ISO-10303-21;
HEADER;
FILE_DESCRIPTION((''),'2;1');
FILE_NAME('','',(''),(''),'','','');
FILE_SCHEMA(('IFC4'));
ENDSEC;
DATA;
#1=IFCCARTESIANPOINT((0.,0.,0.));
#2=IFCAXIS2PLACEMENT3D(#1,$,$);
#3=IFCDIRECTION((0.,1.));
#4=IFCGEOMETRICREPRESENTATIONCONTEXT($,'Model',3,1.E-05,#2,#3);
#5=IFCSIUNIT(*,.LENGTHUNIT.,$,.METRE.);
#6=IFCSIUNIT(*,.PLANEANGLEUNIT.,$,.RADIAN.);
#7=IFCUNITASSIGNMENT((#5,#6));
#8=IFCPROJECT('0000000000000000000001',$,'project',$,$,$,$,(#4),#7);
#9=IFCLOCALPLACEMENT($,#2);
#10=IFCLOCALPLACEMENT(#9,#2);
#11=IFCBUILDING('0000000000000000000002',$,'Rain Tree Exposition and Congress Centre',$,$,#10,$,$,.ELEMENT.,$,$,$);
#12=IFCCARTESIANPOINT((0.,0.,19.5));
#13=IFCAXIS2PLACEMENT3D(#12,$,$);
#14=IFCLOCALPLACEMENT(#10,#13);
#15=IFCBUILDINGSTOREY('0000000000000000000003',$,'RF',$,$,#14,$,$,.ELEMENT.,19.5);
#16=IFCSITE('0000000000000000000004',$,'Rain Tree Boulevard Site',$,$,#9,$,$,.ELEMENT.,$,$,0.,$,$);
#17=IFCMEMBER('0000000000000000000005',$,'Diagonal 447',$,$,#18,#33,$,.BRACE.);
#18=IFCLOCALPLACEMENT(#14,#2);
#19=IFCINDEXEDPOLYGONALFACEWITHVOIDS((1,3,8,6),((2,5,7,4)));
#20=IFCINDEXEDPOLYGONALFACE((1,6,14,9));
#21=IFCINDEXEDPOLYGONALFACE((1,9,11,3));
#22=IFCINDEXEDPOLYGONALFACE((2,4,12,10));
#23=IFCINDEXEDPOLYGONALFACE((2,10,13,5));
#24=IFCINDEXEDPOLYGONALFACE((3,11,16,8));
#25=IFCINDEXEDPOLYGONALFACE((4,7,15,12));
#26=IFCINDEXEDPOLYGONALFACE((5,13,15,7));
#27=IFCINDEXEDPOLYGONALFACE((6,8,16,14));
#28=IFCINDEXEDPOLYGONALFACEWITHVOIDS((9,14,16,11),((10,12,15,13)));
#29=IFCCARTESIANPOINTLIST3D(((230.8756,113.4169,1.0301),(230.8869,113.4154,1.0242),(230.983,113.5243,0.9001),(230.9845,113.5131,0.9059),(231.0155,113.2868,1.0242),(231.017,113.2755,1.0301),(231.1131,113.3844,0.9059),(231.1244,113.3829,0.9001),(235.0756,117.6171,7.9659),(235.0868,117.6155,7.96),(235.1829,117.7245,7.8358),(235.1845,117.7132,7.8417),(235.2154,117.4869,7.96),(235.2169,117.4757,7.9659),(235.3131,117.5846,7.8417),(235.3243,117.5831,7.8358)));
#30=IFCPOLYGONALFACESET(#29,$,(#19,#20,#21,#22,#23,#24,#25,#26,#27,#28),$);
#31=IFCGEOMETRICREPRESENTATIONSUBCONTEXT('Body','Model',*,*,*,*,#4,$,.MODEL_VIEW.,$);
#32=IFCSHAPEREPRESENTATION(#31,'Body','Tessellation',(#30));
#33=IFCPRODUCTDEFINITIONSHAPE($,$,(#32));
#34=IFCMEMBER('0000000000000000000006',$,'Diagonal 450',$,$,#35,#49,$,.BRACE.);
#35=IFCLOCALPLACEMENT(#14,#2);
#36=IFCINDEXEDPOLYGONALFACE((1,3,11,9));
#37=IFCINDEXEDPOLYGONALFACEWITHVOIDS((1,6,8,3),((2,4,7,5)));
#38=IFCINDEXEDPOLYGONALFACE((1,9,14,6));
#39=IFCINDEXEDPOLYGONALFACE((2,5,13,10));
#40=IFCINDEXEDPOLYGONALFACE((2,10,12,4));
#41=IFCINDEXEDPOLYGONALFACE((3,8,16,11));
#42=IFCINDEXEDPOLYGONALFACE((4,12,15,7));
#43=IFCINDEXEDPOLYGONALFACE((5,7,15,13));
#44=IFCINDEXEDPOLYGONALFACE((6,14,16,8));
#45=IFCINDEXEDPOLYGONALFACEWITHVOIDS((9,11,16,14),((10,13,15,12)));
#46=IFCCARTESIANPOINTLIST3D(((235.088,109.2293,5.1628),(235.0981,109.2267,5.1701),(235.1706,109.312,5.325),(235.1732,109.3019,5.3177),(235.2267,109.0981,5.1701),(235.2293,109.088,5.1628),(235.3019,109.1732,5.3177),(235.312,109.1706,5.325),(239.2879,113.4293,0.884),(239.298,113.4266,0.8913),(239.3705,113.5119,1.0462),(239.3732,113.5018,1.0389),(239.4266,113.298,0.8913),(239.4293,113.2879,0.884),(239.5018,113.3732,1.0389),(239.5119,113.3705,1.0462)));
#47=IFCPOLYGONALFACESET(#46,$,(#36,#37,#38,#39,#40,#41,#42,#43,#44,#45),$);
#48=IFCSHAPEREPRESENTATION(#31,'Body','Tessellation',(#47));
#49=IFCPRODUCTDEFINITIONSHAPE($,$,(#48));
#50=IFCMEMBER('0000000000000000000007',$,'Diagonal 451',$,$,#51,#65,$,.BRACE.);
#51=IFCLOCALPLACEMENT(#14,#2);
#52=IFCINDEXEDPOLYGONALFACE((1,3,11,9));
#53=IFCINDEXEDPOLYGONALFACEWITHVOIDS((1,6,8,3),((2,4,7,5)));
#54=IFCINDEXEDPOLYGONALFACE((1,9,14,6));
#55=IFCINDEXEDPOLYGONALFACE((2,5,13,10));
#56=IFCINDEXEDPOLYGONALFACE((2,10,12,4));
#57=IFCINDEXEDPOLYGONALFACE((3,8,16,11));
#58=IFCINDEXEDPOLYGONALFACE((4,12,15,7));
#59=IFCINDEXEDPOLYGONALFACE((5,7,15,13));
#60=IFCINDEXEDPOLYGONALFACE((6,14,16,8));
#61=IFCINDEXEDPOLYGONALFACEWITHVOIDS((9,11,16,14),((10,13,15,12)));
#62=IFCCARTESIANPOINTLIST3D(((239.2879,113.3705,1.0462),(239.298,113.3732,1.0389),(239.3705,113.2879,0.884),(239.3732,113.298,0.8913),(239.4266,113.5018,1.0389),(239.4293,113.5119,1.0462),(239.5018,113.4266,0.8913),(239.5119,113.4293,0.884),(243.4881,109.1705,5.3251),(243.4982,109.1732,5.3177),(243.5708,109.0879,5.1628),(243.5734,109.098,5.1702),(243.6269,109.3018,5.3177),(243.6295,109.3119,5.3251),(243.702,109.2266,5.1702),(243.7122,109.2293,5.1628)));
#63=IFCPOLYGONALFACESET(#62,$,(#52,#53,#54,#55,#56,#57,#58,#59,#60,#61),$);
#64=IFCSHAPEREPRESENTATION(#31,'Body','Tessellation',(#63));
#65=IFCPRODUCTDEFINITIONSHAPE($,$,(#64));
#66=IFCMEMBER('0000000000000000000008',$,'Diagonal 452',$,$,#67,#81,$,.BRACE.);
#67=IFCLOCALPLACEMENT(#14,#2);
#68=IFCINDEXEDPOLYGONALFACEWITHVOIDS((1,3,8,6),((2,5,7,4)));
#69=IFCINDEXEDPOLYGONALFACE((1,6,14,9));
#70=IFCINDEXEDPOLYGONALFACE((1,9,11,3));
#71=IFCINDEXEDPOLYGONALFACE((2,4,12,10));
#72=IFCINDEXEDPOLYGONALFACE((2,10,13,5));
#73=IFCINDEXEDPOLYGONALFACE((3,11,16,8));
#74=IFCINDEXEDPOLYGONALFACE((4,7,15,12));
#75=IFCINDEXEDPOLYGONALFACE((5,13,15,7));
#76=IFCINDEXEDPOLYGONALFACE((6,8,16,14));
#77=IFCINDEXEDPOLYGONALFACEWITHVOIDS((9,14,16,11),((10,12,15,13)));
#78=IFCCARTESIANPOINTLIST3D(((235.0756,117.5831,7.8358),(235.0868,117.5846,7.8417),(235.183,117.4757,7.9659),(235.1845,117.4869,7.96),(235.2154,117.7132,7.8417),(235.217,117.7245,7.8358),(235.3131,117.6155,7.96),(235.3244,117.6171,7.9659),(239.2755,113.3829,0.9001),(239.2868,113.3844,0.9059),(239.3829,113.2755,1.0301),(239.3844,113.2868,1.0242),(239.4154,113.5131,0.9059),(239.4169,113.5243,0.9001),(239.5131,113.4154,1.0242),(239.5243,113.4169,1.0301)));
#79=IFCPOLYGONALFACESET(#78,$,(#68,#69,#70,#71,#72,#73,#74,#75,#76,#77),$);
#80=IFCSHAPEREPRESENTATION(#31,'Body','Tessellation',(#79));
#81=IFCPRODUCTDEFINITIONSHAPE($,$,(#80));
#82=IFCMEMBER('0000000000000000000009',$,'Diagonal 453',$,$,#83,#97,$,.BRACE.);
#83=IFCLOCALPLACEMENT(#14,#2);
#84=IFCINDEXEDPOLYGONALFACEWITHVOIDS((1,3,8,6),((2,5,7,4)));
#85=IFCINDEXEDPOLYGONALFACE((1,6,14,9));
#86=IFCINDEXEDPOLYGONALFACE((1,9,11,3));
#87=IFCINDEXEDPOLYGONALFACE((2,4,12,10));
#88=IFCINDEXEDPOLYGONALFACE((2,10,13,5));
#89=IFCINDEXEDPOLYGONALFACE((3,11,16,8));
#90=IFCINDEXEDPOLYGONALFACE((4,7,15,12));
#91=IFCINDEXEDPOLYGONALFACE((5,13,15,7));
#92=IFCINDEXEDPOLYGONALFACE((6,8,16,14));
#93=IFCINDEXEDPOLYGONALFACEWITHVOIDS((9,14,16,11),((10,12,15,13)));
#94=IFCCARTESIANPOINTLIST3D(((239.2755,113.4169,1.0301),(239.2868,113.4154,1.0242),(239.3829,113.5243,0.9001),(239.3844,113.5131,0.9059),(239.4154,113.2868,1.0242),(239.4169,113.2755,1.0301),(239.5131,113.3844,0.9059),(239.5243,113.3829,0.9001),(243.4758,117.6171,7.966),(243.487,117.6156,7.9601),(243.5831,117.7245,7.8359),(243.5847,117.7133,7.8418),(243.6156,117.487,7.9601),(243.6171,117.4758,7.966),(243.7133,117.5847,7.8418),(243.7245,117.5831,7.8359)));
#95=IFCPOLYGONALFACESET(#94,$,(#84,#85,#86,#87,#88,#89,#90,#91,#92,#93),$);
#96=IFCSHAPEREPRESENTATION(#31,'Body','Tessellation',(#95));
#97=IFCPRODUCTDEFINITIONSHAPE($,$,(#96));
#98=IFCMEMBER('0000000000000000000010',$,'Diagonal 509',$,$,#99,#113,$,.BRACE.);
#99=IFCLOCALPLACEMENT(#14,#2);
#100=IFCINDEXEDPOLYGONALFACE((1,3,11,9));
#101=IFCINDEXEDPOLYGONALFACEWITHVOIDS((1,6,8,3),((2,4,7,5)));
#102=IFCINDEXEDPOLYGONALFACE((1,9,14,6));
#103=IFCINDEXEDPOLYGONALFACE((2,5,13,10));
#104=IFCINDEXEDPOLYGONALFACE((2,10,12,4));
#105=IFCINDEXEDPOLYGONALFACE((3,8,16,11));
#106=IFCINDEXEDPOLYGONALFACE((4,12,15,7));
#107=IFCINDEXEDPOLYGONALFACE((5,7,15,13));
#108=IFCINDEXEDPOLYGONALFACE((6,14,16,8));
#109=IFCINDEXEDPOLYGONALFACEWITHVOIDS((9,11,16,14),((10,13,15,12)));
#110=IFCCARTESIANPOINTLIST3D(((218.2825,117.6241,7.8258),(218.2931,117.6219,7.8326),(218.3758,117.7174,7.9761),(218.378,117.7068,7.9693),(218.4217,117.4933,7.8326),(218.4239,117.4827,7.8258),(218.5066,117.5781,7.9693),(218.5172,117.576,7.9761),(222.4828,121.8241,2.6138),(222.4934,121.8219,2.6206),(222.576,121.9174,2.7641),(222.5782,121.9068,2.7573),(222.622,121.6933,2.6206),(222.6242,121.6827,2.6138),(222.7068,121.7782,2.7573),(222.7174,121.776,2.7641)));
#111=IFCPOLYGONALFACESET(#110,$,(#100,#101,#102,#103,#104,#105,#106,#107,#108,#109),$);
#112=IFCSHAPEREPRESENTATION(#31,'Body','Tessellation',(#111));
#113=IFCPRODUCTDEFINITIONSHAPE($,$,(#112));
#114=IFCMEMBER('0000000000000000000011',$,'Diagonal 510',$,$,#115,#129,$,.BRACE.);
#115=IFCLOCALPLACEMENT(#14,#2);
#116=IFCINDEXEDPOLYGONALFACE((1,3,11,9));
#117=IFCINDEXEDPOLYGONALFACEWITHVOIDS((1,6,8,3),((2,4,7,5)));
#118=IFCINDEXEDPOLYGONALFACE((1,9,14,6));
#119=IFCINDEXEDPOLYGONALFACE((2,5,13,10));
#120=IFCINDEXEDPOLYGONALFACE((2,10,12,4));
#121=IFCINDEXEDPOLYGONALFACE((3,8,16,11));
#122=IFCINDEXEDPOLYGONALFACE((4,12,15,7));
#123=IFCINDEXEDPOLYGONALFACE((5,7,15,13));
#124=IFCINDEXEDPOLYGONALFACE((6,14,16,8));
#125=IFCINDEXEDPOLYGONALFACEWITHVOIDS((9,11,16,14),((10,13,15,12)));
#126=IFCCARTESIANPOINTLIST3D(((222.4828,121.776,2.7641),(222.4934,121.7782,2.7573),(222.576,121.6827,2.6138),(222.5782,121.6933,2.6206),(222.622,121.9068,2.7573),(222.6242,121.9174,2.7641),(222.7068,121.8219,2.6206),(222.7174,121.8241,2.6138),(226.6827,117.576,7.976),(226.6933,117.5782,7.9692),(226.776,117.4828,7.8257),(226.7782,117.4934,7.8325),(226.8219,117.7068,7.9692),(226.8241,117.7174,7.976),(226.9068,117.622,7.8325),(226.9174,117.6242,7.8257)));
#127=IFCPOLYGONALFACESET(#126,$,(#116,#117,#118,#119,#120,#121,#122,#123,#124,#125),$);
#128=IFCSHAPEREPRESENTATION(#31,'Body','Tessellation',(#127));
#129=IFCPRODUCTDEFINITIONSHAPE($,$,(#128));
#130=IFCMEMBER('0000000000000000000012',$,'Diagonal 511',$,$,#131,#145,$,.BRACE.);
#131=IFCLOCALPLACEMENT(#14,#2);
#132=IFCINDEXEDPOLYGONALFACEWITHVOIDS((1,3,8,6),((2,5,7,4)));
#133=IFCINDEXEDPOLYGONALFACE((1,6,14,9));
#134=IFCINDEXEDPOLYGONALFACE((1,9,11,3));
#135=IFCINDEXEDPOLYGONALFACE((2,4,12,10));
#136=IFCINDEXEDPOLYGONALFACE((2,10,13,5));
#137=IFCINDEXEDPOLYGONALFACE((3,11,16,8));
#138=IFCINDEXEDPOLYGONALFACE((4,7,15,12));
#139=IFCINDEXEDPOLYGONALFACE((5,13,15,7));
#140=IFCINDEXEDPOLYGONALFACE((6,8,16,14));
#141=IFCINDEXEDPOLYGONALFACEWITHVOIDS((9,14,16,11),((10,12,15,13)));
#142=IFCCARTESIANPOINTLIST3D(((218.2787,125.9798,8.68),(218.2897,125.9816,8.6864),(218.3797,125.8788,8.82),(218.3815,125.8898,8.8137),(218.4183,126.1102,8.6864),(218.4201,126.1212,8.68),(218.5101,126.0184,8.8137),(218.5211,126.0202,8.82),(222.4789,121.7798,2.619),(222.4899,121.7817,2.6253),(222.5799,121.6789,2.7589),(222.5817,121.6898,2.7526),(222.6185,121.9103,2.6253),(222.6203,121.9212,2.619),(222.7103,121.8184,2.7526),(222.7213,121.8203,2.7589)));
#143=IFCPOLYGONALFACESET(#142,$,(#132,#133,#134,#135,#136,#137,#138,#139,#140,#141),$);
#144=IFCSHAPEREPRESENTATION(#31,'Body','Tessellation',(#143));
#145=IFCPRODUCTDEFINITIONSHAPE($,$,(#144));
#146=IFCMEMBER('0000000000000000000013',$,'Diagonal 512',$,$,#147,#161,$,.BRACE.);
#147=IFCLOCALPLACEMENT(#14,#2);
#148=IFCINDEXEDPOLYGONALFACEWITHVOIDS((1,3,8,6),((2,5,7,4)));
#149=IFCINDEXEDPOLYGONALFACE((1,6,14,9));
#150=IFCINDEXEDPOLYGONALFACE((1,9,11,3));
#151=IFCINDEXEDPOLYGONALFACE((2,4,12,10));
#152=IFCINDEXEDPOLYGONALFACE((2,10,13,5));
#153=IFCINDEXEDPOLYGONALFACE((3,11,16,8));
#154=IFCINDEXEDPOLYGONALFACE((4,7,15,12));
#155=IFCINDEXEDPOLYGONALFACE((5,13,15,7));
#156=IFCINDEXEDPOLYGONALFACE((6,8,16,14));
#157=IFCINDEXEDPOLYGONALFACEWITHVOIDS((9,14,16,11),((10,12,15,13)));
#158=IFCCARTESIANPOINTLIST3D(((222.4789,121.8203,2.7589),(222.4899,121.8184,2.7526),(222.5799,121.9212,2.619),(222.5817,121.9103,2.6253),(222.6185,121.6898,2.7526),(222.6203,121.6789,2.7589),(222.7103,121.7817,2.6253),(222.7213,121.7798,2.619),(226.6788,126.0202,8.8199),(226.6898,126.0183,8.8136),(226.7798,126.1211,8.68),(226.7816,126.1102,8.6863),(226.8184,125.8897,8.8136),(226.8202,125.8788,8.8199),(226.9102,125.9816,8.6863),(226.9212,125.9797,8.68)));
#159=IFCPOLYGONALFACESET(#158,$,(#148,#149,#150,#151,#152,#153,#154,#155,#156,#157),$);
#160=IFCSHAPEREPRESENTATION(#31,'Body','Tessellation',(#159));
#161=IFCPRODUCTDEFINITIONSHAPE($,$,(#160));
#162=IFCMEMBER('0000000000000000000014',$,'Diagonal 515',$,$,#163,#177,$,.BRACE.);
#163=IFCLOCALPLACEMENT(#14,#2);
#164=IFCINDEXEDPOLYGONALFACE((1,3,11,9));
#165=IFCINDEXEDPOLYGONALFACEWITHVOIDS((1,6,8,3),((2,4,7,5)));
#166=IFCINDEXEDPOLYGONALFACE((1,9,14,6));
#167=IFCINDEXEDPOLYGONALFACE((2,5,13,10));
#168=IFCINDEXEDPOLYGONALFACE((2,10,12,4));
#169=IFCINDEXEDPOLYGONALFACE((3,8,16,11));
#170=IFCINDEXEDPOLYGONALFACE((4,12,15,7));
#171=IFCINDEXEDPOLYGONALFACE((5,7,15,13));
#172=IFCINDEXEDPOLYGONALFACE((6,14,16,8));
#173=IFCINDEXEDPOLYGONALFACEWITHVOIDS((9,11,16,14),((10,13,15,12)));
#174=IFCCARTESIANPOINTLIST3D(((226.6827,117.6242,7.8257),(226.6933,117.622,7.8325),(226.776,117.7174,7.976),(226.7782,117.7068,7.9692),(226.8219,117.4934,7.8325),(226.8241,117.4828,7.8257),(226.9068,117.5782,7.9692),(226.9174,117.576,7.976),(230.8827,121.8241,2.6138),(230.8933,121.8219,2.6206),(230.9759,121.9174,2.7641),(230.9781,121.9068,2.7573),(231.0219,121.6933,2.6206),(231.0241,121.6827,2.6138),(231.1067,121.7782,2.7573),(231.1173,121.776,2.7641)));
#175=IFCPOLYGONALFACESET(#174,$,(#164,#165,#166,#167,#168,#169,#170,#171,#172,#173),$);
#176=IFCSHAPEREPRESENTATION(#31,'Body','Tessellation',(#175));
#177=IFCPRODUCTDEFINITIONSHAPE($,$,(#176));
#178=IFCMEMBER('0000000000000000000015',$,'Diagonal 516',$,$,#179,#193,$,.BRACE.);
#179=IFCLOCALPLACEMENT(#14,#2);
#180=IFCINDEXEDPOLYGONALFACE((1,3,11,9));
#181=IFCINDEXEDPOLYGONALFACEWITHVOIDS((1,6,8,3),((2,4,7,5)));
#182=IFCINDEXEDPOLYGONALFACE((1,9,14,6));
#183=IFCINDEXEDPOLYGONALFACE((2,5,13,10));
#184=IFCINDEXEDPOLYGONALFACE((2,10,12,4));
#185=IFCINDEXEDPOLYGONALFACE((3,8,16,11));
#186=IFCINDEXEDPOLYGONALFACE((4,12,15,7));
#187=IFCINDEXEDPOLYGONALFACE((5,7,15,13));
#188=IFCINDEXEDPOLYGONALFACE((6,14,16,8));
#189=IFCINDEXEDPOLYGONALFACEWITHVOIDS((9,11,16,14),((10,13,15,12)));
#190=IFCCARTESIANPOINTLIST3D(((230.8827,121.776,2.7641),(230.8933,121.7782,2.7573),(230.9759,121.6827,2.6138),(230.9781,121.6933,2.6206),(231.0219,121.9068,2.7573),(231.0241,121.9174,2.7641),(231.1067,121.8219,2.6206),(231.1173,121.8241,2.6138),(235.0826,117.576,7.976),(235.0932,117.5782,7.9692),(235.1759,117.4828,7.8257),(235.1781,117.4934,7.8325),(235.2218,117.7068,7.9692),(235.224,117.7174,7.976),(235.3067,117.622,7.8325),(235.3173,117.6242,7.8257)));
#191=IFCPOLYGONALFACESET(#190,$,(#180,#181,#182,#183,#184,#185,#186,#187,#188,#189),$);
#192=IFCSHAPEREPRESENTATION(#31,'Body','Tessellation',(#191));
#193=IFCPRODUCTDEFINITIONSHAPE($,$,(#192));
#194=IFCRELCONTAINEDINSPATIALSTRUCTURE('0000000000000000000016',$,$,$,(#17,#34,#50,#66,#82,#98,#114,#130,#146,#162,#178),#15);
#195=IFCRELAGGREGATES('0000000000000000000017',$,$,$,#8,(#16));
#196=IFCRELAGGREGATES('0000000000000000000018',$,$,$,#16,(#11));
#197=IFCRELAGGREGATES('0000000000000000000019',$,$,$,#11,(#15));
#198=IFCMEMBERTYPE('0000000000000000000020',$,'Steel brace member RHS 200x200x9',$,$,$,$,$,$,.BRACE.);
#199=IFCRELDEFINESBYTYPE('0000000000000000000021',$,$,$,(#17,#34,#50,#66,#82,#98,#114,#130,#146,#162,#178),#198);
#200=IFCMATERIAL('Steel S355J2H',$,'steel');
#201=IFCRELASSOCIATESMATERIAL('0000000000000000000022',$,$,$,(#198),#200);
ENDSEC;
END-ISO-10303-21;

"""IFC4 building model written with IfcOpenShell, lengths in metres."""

from ifc_helpers import new_model, si_unit, direction, frame, origin, origin_2d, place, context, subcontext, project, spatial, hollow_rectangle, extrude, material, material_profile, profile_set, type_object, element, save


model = new_model("IFC4")

# Units and contexts
model_context = context("Model", 3, precision=1e-05, world=origin(), true_north=direction((0.0, 1.0)))
body_context = subcontext(model_context, "Body", "Model", "MODEL_VIEW")
ifc_project = project(units=[si_unit("LENGTHUNIT", "METRE"), si_unit("PLANEANGLEUNIT", "RADIAN")], contexts=[model_context])

# Site, building, storey
site_placement = place(None, origin())
site = spatial("IfcSite", under=ifc_project, at=site_placement, Name="Rain Tree Boulevard Site", CompositionType="ELEMENT", RefElevation=0.0)
building_placement = place(site_placement, origin())
building = spatial("IfcBuilding", under=site, at=building_placement, Name="Rain Tree Exposition and Congress Centre", CompositionType="ELEMENT")
storey_placement = place(building_placement, frame((0.0, 0.0, 19.5)))
storey = spatial("IfcBuildingStorey", under=building, at=storey_placement, Name="RF", CompositionType="ELEMENT", Elevation=19.5)

# Members
ifc_material_1 = material(Name="Steel S355J2H", Category="steel")
ifc_material_profile_1 = material_profile(ifc_material_1, hollow_rectangle(XDim=0.2, YDim=0.2, WallThickness=0.009, at=origin_2d()), Name="RHS 200x200x9")
ifc_profile_set_1 = profile_set([ifc_material_profile_1], Name="Steel S355J2H")
member_type_1 = type_object("IfcMemberType", Name="Steel brace member RHS 200x200x9", PredefinedType="BRACE", material=ifc_profile_set_1)
member_1_placement = place(storey_placement, frame((231.0, 113.3999, 0.9651), z_axis=(0.459935, 0.459962, 0.759536), x_axis=(-0.707127, 0.707086, 0.0)))
element("IfcMember", 1, at=member_1_placement, inside=storey, type_object=member_type_1, Name="Diagonal 447", PredefinedType="BRACE", context=body_context, shape_type="SweptSolid", body=[
    extrude(hollow_rectangle(XDim=0.2, YDim=0.2, WallThickness=0.009, at=origin_2d()), origin(), (0.0, 0.0, 1.0), 9.1316),
])
member_2_placement = place(storey_placement, frame((239.3999, 113.3999, 0.9651), z_axis=(-0.573737, -0.573737, 0.58451), x_axis=(0.707107, -0.707107, 0.0)))
element("IfcMember", 2, at=member_2_placement, inside=storey, type_object=member_type_1, Name="Diagonal 450", PredefinedType="BRACE", context=body_context, shape_type="SweptSolid", body=[
    extrude(hollow_rectangle(XDim=0.2, YDim=0.2, WallThickness=0.009, at=origin_2d()), origin(), (0.0, 0.0, 1.0), 7.3203),
])
member_3_placement = place(storey_placement, frame((239.3999, 113.3999, 0.9651), z_axis=(0.57376, -0.573726, 0.584498), x_axis=(0.707086, 0.707127, 0.0)))
element("IfcMember", 3, at=member_3_placement, inside=storey, type_object=member_type_1, Name="Diagonal 451", PredefinedType="BRACE", context=body_context, shape_type="SweptSolid", body=[
    extrude(hollow_rectangle(XDim=0.2, YDim=0.2, WallThickness=0.009, at=origin_2d()), origin(), (0.0, 0.0, 1.0), 7.3206),
])
member_4_placement = place(storey_placement, frame((239.3999, 113.3999, 0.9651), z_axis=(-0.459935, 0.459962, 0.759536), x_axis=(-0.707127, -0.707086, 0.0)))
element("IfcMember", 4, at=member_4_placement, inside=storey, type_object=member_type_1, Name="Diagonal 452", PredefinedType="BRACE", context=body_context, shape_type="SweptSolid", body=[
    extrude(hollow_rectangle(XDim=0.2, YDim=0.2, WallThickness=0.009, at=origin_2d()), origin(), (0.0, 0.0, 1.0), 9.1316),
])
member_5_placement = place(storey_placement, frame((239.3999, 113.3999, 0.9651), z_axis=(0.459956, 0.459956, 0.759527), x_axis=(-0.707107, 0.707107, 0.0)))
element("IfcMember", 5, at=member_5_placement, inside=storey, type_object=member_type_1, Name="Diagonal 453", PredefinedType="BRACE", context=body_context, shape_type="SweptSolid", body=[
    extrude(hollow_rectangle(XDim=0.2, YDim=0.2, WallThickness=0.009, at=origin_2d()), origin(), (0.0, 0.0, 1.0), 9.1318),
])
member_6_placement = place(storey_placement, frame((222.6001, 121.8, 2.689), z_axis=(-0.53152, -0.531489, 0.65955), x_axis=(0.707086, -0.707127, 0.0)))
element("IfcMember", 6, at=member_6_placement, inside=storey, type_object=member_type_1, Name="Diagonal 509", PredefinedType="BRACE", context=body_context, shape_type="SweptSolid", body=[
    extrude(hollow_rectangle(XDim=0.2, YDim=0.2, WallThickness=0.009, at=origin_2d()), origin(), (0.0, 0.0, 1.0), 7.9023),
])
member_7_placement = place(storey_placement, frame((222.6001, 121.8, 2.689), z_axis=(0.531498, -0.531498, 0.65956), x_axis=(0.707107, 0.707107, 0.0)))
element("IfcMember", 7, at=member_7_placement, inside=storey, type_object=member_type_1, Name="Diagonal 510", PredefinedType="BRACE", context=body_context, shape_type="SweptSolid", body=[
    extrude(hollow_rectangle(XDim=0.2, YDim=0.2, WallThickness=0.009, at=origin_2d()), origin(), (0.0, 0.0, 1.0), 7.9021),
])
member_8_placement = place(storey_placement, frame((222.6001, 121.8, 2.689), z_axis=(-0.494938, 0.494909, 0.714214), x_axis=(-0.707086, -0.707127, 0.0)))
element("IfcMember", 8, at=member_8_placement, inside=storey, type_object=member_type_1, Name="Diagonal 511", PredefinedType="BRACE", context=body_context, shape_type="SweptSolid", body=[
    extrude(hollow_rectangle(XDim=0.2, YDim=0.2, WallThickness=0.009, at=origin_2d()), origin(), (0.0, 0.0, 1.0), 8.4863),
])
member_9_placement = place(storey_placement, frame((222.6001, 121.8, 2.689), z_axis=(0.494916, 0.494916, 0.714224), x_axis=(-0.707107, 0.707107, 0.0)))
element("IfcMember", 9, at=member_9_placement, inside=storey, type_object=member_type_1, Name="Diagonal 512", PredefinedType="BRACE", context=body_context, shape_type="SweptSolid", body=[
    extrude(hollow_rectangle(XDim=0.2, YDim=0.2, WallThickness=0.009, at=origin_2d()), origin(), (0.0, 0.0, 1.0), 8.4861),
])
for number, where, z_axis, x_axis, name in (
    (10, (231.0, 121.8, 2.689), (-0.531498, -0.531498, 0.65956), (0.707107, -0.707107, 0.0), "Diagonal 515"),
    (11, (231.0, 121.8, 2.689), (0.531498, -0.531498, 0.65956), (0.707107, 0.707107, 0.0), "Diagonal 516"),
):
    element("IfcMember", number, at=place(storey_placement, frame(where, z_axis=z_axis, x_axis=x_axis)), inside=storey, type_object=member_type_1, Name=name, PredefinedType="BRACE", context=body_context, shape_type="SweptSolid", body=[
        extrude(hollow_rectangle(XDim=0.2, YDim=0.2, WallThickness=0.009, at=origin_2d()), origin(), (0.0, 0.0, 1.0), 7.9021),
    ])

save(model, "model.ifc")
